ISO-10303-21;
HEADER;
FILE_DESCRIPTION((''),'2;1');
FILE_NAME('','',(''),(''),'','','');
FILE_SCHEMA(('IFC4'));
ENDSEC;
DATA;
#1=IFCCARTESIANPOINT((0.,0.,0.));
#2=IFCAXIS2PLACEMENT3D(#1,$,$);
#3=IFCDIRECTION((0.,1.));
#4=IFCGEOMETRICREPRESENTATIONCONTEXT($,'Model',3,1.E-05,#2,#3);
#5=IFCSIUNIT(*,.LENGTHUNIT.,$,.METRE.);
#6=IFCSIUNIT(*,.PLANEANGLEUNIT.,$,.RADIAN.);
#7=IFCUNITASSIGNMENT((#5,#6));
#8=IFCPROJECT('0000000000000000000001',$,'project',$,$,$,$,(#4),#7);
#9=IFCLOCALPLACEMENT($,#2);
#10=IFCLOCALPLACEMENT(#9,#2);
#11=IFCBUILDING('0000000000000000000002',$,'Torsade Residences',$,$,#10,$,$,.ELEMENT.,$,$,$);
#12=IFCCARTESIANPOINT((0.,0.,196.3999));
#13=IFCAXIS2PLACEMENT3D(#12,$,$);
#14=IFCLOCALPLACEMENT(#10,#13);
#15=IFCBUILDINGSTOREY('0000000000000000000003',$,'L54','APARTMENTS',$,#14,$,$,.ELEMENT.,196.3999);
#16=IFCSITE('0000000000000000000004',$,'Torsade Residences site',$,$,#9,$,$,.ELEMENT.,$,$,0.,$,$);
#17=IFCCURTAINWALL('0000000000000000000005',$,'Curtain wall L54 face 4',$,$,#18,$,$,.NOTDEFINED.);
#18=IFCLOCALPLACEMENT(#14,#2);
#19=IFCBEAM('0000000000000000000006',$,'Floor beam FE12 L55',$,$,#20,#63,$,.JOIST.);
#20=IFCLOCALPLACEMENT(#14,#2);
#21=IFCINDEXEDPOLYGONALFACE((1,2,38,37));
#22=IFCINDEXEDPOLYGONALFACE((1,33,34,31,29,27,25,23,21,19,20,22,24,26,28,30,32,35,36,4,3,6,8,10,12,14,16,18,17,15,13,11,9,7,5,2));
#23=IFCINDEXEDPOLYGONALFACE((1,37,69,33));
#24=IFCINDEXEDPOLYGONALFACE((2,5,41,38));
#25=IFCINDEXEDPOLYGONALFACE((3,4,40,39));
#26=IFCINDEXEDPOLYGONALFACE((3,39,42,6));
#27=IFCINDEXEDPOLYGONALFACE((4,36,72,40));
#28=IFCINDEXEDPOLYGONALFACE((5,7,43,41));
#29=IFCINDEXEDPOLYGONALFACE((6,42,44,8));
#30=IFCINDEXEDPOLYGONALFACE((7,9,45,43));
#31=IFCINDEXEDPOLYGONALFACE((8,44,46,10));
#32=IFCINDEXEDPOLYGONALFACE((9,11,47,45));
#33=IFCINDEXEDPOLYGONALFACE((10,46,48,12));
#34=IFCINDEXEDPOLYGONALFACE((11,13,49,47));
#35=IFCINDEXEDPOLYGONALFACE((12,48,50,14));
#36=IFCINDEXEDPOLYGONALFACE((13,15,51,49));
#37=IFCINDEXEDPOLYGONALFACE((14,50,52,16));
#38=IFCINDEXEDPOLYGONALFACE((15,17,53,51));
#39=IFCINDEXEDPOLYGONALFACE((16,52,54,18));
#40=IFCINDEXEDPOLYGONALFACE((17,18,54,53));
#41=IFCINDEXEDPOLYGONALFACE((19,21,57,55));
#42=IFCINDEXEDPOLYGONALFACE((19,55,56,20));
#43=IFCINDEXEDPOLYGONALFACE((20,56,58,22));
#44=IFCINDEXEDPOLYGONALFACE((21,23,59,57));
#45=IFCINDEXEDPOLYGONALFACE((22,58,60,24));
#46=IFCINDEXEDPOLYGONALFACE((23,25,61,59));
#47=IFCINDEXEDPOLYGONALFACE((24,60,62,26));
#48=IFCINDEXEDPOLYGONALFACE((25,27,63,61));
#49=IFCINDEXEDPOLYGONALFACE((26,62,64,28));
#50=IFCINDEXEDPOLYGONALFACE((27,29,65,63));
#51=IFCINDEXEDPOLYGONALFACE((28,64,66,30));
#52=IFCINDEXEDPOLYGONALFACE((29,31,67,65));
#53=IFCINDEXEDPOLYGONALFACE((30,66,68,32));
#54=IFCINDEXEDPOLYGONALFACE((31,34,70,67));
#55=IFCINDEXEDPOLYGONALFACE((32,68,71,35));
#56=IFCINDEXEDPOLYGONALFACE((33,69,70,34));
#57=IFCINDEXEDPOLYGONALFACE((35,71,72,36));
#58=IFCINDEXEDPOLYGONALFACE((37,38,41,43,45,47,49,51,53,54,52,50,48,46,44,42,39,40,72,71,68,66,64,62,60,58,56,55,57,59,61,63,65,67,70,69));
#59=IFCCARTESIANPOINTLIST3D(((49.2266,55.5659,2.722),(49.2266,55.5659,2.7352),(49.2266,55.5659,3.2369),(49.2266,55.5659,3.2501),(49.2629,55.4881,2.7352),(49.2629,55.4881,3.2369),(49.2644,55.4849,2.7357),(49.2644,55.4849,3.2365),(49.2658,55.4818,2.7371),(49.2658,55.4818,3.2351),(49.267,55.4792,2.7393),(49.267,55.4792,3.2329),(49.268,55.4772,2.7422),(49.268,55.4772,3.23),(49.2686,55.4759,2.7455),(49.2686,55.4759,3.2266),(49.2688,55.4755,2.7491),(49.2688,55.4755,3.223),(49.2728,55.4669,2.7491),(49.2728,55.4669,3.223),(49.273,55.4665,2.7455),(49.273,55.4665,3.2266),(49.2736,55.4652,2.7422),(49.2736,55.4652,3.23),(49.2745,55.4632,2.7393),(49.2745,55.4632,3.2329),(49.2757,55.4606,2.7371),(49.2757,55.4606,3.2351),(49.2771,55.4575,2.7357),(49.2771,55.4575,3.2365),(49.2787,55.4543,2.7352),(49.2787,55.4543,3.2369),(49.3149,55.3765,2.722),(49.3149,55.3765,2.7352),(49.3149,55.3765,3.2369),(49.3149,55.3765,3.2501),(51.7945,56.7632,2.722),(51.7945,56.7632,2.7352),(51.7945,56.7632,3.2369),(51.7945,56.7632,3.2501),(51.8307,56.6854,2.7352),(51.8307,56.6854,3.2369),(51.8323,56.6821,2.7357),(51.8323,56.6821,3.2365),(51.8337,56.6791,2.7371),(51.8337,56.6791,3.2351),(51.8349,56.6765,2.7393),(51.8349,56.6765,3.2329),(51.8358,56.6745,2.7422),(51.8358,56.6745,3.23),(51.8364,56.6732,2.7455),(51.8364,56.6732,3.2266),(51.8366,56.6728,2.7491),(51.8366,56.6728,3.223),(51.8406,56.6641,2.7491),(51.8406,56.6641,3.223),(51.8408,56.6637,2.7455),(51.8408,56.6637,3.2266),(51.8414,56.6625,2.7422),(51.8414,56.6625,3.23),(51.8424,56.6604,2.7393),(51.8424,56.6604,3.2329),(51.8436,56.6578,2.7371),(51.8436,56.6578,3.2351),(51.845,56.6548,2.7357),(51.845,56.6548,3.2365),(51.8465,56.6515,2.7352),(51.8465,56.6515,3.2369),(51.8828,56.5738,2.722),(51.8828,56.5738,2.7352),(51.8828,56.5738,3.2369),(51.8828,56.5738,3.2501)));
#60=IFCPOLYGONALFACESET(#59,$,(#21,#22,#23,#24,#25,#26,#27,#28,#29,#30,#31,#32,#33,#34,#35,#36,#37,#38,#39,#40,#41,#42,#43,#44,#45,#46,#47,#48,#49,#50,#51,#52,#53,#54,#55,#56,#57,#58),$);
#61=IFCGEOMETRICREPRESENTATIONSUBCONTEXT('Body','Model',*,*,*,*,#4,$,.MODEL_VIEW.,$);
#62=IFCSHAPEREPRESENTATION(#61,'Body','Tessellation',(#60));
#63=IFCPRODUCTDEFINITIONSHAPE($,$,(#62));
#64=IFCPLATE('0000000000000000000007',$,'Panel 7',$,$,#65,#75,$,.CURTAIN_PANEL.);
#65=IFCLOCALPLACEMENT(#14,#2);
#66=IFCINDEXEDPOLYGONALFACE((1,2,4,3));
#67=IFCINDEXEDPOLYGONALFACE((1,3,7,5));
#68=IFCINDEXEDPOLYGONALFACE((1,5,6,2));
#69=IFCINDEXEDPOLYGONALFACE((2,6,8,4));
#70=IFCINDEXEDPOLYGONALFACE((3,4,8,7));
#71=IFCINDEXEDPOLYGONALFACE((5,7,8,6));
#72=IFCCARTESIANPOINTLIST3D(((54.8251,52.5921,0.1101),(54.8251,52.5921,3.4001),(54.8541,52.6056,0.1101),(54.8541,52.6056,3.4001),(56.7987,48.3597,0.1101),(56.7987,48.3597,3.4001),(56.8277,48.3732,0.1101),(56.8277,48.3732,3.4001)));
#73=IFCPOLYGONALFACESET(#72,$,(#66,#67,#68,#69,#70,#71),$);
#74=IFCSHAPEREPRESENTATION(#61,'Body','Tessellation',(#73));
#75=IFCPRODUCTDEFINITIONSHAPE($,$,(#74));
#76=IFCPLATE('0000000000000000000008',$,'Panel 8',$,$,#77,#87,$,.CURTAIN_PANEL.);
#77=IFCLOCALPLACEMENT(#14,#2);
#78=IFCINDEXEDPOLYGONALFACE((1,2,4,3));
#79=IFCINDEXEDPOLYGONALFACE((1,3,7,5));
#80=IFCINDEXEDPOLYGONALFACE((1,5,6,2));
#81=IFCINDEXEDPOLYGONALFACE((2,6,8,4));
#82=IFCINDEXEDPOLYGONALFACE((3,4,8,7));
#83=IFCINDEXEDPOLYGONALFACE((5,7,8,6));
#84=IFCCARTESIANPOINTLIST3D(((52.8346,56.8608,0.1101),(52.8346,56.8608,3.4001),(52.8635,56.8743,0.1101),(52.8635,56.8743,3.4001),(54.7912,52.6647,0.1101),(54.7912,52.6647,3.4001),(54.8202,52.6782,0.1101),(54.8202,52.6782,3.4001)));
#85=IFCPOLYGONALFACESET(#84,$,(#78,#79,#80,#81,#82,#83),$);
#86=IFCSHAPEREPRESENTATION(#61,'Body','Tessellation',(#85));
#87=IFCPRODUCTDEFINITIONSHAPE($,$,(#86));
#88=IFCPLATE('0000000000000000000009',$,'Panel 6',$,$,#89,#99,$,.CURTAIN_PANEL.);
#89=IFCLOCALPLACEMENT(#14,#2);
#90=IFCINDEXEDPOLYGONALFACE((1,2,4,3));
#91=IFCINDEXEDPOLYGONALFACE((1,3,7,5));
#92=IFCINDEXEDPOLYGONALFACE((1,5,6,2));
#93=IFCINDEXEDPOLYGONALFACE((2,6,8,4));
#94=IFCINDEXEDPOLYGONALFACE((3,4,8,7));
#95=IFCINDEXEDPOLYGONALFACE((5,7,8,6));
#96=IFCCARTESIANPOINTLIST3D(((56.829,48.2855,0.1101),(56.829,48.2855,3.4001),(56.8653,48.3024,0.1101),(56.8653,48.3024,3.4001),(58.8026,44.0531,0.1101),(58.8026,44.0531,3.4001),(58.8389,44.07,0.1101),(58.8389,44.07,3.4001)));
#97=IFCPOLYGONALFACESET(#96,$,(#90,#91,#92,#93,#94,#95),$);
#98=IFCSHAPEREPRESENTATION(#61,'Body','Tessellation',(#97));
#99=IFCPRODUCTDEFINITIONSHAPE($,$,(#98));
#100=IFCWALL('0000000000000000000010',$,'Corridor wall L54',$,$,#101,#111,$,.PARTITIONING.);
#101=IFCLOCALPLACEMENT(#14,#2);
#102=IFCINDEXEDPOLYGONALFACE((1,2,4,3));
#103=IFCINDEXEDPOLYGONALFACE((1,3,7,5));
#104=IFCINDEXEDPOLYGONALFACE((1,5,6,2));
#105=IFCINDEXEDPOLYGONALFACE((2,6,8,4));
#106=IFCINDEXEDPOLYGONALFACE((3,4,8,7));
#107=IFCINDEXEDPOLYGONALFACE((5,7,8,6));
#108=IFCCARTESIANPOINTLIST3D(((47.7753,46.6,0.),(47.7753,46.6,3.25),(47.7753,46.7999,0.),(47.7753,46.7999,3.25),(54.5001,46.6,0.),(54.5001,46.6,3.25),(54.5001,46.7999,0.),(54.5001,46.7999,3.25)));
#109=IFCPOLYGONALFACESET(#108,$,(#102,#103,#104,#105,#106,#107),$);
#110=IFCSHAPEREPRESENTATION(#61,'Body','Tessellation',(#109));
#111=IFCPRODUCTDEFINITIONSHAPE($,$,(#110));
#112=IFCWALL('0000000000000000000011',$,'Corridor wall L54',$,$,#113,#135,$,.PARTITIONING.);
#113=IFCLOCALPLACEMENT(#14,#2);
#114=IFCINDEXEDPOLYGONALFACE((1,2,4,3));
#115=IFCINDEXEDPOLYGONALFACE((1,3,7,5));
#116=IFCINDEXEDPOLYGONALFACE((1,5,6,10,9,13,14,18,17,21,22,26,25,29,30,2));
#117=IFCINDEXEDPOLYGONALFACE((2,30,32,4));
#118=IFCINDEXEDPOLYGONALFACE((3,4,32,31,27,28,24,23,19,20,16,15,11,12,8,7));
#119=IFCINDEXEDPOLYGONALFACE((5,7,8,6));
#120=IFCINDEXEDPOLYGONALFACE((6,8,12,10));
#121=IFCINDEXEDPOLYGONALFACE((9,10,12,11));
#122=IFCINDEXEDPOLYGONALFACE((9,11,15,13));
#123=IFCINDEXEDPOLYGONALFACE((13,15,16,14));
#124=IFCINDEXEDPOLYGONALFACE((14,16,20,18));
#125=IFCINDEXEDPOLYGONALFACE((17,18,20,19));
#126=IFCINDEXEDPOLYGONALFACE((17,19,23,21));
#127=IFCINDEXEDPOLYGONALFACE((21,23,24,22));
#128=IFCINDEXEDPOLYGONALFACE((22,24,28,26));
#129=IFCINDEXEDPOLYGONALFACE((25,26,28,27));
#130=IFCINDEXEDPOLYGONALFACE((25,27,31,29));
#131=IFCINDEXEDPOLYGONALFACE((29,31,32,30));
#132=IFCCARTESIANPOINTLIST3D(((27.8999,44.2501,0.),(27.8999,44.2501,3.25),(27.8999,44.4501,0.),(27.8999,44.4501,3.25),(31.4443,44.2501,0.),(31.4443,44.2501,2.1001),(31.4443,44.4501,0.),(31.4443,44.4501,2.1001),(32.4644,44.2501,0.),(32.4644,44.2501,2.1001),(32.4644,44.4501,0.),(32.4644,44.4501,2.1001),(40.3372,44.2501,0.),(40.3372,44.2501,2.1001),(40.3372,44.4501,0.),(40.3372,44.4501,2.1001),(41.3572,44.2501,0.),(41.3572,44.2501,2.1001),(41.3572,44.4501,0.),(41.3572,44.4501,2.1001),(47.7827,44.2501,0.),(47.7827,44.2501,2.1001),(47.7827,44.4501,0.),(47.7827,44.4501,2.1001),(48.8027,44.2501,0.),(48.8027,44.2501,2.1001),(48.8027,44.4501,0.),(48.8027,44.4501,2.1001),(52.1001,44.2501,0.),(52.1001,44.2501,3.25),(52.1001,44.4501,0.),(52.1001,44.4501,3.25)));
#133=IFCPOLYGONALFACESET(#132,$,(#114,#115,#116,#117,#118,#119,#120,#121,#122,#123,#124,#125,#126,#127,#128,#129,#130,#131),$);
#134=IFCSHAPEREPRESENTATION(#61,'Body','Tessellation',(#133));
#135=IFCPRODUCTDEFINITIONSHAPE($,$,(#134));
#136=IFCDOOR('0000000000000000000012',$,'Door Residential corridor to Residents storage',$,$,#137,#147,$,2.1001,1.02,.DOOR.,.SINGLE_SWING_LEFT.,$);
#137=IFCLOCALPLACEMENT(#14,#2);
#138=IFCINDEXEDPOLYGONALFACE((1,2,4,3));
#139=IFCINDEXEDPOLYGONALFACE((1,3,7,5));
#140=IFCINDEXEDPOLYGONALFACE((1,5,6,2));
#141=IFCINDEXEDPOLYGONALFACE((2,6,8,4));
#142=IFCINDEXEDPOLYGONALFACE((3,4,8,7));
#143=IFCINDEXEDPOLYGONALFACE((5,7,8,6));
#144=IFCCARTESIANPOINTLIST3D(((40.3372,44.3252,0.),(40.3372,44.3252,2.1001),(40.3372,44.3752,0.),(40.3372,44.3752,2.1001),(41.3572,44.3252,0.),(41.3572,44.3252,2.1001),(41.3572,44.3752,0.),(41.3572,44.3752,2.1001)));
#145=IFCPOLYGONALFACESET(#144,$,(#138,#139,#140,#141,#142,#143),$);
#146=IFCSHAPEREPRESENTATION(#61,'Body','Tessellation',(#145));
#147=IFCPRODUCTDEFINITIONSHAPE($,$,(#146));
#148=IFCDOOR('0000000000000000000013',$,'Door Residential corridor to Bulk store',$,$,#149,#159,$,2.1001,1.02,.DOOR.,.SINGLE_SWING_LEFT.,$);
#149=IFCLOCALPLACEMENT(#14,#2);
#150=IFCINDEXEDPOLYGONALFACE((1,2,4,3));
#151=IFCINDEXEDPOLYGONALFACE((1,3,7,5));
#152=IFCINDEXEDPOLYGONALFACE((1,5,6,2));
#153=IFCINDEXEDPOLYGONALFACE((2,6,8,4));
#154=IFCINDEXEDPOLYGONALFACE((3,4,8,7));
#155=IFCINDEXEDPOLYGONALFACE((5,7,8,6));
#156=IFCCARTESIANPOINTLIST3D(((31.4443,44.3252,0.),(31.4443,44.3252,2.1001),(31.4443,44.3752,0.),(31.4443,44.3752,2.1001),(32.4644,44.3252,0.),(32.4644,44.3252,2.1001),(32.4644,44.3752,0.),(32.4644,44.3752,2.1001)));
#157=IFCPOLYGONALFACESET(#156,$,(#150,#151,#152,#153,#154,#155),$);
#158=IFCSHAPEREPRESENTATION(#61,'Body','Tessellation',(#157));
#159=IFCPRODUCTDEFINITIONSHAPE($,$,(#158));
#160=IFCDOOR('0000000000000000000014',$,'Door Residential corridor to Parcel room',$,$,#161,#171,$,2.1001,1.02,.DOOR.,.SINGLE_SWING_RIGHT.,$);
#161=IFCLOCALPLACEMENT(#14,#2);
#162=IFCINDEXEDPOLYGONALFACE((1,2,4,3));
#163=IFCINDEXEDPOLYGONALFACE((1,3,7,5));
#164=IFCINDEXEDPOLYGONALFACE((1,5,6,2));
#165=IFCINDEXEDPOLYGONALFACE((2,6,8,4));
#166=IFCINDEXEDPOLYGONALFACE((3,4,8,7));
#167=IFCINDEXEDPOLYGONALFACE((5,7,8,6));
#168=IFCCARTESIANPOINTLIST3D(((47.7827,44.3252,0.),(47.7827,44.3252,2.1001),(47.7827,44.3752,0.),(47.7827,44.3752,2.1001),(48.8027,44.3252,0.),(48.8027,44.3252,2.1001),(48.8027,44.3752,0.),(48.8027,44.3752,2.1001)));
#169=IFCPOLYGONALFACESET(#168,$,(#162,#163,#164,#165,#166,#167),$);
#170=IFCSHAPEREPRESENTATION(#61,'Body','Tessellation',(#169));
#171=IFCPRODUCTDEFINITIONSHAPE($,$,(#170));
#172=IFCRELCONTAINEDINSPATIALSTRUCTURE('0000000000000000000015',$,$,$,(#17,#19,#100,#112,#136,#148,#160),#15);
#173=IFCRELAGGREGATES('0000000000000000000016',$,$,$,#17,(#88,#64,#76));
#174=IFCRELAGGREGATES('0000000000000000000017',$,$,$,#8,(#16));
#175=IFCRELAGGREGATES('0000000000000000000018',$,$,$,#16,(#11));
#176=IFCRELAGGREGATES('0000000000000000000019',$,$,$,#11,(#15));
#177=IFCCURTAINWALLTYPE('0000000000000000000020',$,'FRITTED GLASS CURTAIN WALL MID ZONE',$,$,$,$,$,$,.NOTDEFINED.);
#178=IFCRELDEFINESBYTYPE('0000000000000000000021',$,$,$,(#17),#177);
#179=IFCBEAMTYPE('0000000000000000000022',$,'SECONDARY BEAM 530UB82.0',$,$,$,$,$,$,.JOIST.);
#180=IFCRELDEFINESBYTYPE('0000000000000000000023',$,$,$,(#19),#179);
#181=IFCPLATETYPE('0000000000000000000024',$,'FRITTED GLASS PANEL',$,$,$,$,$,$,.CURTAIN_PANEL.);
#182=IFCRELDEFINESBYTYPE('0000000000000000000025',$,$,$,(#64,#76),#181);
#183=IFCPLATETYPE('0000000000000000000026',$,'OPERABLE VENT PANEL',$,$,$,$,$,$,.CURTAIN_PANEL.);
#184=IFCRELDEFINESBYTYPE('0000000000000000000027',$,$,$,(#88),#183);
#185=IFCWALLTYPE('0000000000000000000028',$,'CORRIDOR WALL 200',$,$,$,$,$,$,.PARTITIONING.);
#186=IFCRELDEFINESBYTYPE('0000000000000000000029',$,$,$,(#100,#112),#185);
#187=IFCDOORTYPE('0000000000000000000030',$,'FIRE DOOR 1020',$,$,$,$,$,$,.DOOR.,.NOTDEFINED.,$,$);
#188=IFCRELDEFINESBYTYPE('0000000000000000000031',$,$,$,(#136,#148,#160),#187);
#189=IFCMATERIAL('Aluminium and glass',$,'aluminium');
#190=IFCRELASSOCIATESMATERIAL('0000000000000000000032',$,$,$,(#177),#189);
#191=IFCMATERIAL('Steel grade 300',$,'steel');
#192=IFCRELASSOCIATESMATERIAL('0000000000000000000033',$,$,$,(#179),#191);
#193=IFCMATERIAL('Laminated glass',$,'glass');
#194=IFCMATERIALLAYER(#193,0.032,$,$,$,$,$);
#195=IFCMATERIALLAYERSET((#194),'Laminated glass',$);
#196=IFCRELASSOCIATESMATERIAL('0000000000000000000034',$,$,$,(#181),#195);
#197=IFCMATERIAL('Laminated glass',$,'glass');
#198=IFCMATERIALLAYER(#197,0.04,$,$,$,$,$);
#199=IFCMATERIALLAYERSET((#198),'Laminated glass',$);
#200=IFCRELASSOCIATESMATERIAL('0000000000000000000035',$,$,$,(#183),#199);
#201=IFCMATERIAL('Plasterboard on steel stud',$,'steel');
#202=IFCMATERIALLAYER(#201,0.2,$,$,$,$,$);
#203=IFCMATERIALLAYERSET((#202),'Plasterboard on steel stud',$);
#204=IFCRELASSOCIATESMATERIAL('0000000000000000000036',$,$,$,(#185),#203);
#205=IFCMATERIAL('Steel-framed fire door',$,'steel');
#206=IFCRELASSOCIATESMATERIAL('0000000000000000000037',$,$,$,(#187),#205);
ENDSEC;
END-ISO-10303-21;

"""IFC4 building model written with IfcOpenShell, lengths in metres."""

from ifc_helpers import new_model, si_unit, direction, frame, frame_2d, origin, origin_2d, place, context, subcontext, project, spatial, rectangle, i_section, extrude, material, layer, layer_set, material_profile, profile_set, type_object, element, fill, aggregate, save


model = new_model("IFC4")

# Units and contexts
model_context = context("Model", 3, precision=1e-05, world=origin(), true_north=direction((0.0, 1.0)))
body_context = subcontext(model_context, "Body", "Model", "MODEL_VIEW")
ifc_project = project(units=[si_unit("LENGTHUNIT", "METRE"), si_unit("PLANEANGLEUNIT", "RADIAN")], contexts=[model_context])

# Site, building, storey
site_placement = place(None, origin())
site = spatial("IfcSite", under=ifc_project, at=site_placement, Name="Torsade Residences site", CompositionType="ELEMENT", RefElevation=0.0)
building_placement = place(site_placement, origin())
building = spatial("IfcBuilding", under=site, at=building_placement, Name="Torsade Residences", CompositionType="ELEMENT")
storey_placement = place(building_placement, frame((0.0, 0.0, 196.3999)))
storey = spatial("IfcBuildingStorey", under=building, at=storey_placement, Name="L54", Description="APARTMENTS", CompositionType="ELEMENT", Elevation=196.3999)

# Curtain wall
ifc_material_1 = material(Name="Aluminium and glass", Category="aluminium")
curtain_wall_type = type_object("IfcCurtainWallType", Name="FRITTED GLASS CURTAIN WALL MID ZONE", PredefinedType="NOTDEFINED", material=ifc_material_1)
curtain_wall_placement = place(storey_placement, origin())
curtain_wall = element("IfcCurtainWall", 1, at=curtain_wall_placement, inside=storey, type_object=curtain_wall_type, Name="Curtain wall L54 face 4", PredefinedType="NOTDEFINED")

# Beam
ifc_material_2 = material(Name="Steel grade 300", Category="steel")
ifc_material_profile_1 = material_profile(ifc_material_2, i_section(OverallWidth=0.209, OverallDepth=0.5281, WebThickness=0.0095, FlangeThickness=0.0132, FilletRadius=0.0139, at=origin_2d()), Name="530UB82.0")
ifc_profile_set_1 = profile_set([ifc_material_profile_1], Name="Steel grade 300")
beam_type_1 = type_object("IfcBeamType", Name="SECONDARY BEAM 530UB82.0", PredefinedType="JOIST", material=ifc_profile_set_1)
beam_1_placement = place(storey_placement, frame((51.8386, 56.6685, 2.9861), z_axis=(-0.906328, -0.422574, 0.0), x_axis=(0.422574, -0.906328, 0.0)))
element("IfcBeam", 2, at=beam_1_placement, inside=storey, type_object=beam_type_1, Name="Floor beam FE12 L55", PredefinedType="JOIST", context=body_context, shape_type="SweptSolid", body=[
    extrude(i_section(OverallWidth=0.209, OverallDepth=0.5281, WebThickness=0.0095, FlangeThickness=0.0132, FilletRadius=0.0139, at=origin_2d()), origin(), (0.0, 0.0, 1.0), 2.8333),
])

# Plates
ifc_material_3 = material(Name="Laminated glass", Category="glass")
ifc_layer_1 = layer(ifc_material_3, 0.032)
ifc_layer_set_1 = layer_set([ifc_layer_1], Name="Laminated glass")
plate_type_1 = type_object("IfcPlateType", Name="FRITTED GLASS PANEL", PredefinedType="CURTAIN_PANEL", material=ifc_layer_set_1)
plate_1_placement = place(storey_placement, frame((55.8264, 50.4827, 0.1101), z_axis=(0.0, 0.0, 1.0), x_axis=(-0.422618, 0.906308, 0.0)))
plate_1 = element("IfcPlate", 3, at=plate_1_placement, type_object=plate_type_1, Name="Panel 7", PredefinedType="CURTAIN_PANEL", context=body_context, shape_type="SweptSolid", body=[
    extrude(rectangle(XDim=4.6699, YDim=0.032, at=origin_2d()), origin(), (0.0, 0.0, 1.0), 3.29),
])
plate_2_placement = place(storey_placement, frame((53.8274, 54.7695, 0.1101), z_axis=(0.0, 0.0, 1.0), x_axis=(-0.422618, 0.906308, 0.0)))
plate_2 = element("IfcPlate", 4, at=plate_2_placement, type_object=plate_type_1, Name="Panel 8", PredefinedType="CURTAIN_PANEL", context=body_context, shape_type="SweptSolid", body=[
    extrude(rectangle(XDim=4.6299, YDim=0.032, at=origin_2d()), origin(), (0.0, 0.0, 1.0), 3.29),
])
ifc_material_4 = material(Name="Laminated glass", Category="glass")
ifc_layer_2 = layer(ifc_material_4, 0.04)
ifc_layer_set_2 = layer_set([ifc_layer_2], Name="Laminated glass")
plate_type_2 = type_object("IfcPlateType", Name="OPERABLE VENT PANEL", PredefinedType="CURTAIN_PANEL", material=ifc_layer_set_2)
plate_3_placement = place(storey_placement, frame((57.834, 46.1777, 0.1101), z_axis=(0.0, 0.0, 1.0), x_axis=(-0.422618, 0.906308, 0.0)))
plate_3 = element("IfcPlate", 5, at=plate_3_placement, type_object=plate_type_2, Name="Panel 6", PredefinedType="CURTAIN_PANEL", context=body_context, shape_type="SweptSolid", body=[
    extrude(rectangle(XDim=4.6699, YDim=0.04, at=origin_2d()), origin(), (0.0, 0.0, 1.0), 3.29),
])
aggregate(curtain_wall, [plate_3, plate_1, plate_2])

# Wall
ifc_material_5 = material(Name="Plasterboard on steel stud", Category="steel")
ifc_layer_3 = layer(ifc_material_5, 0.2)
ifc_layer_set_3 = layer_set([ifc_layer_3], Name="Plasterboard on steel stud")
wall_type_1 = type_object("IfcWallType", Name="CORRIDOR WALL 200", PredefinedType="PARTITIONING", material=ifc_layer_set_3)
wall_1_placement = place(storey_placement, frame((54.5, 46.7, 0.0), z_axis=(0.0, 0.0, 1.0), x_axis=(-1.0, 0.0, 0.0)))
element("IfcWall", 6, at=wall_1_placement, inside=storey, type_object=wall_type_1, Name="Corridor wall L54", PredefinedType="PARTITIONING", context=body_context, shape_type="SweptSolid", body=[
    extrude(rectangle(XDim=6.7249, YDim=0.2, at=frame_2d((3.3623, 0.0))), origin(), (0.0, 0.0, 1.0), 3.25),
])

# Wall, openings, doors
wall_2_placement = place(storey_placement, frame((52.1001, 44.3501, 0.0), z_axis=(0.0, 0.0, 1.0), x_axis=(-1.0, 0.0, 0.0)))
wall_2 = element("IfcWall", 7, at=wall_2_placement, inside=storey, type_object=wall_type_1, Name="Corridor wall L54", PredefinedType="PARTITIONING", context=body_context, shape_type="SweptSolid", body=[
    extrude(rectangle(XDim=24.2002, YDim=0.2, at=frame_2d((12.1001, 0.0))), origin(), (0.0, 0.0, 1.0), 3.25),
])
opening_1_placement = place(wall_2_placement, frame((10.7429, 0.0, 0.0)))
opening_1 = element("IfcOpeningElement", 8, at=opening_1_placement, cuts=wall_2, PredefinedType="OPENING", context=body_context, shape_type="SweptSolid", body=[
    extrude(rectangle(XDim=1.02, YDim=2.1001, at=frame_2d((0.51, 1.05))), frame((0.0, 0.1099, 0.0), z_axis=(0.0, -1.0, 0.0), x_axis=(1.0, 0.0, 0.0)), (0.0, 0.0, 1.0), 0.22),
])
opening_2_placement = place(wall_2_placement, frame((19.6357, 0.0, 0.0)))
opening_2 = element("IfcOpeningElement", 9, at=opening_2_placement, cuts=wall_2, PredefinedType="OPENING", context=body_context, shape_type="SweptSolid", body=[
    extrude(rectangle(XDim=1.02, YDim=2.1001, at=frame_2d((0.51, 1.05))), frame((0.0, 0.1099, 0.0), z_axis=(0.0, -1.0, 0.0), x_axis=(1.0, 0.0, 0.0)), (0.0, 0.0, 1.0), 0.22),
])
opening_3_placement = place(wall_2_placement, frame((3.2974, 0.0, 0.0)))
opening_3 = element("IfcOpeningElement", 10, at=opening_3_placement, cuts=wall_2, PredefinedType="OPENING", context=body_context, shape_type="SweptSolid", body=[
    extrude(rectangle(XDim=1.02, YDim=2.1001, at=frame_2d((0.51, 1.05))), frame((0.0, 0.1099, 0.0), z_axis=(0.0, -1.0, 0.0), x_axis=(1.0, 0.0, 0.0)), (0.0, 0.0, 1.0), 0.22),
])
ifc_material_6 = material(Name="Steel-framed fire door", Category="steel")
door_type_1 = type_object("IfcDoorType", Name="FIRE DOOR 1020", OperationType="NOTDEFINED", PredefinedType="DOOR", material=ifc_material_6)
door_1_placement = place(opening_1_placement, origin())
door_1 = element("IfcDoor", 11, at=door_1_placement, inside=storey, type_object=door_type_1, Name="Door Residential corridor to Residents storage", OperationType="SINGLE_SWING_LEFT", OverallHeight=2.1001, OverallWidth=1.02, PredefinedType="DOOR", context=body_context, shape_type="SweptSolid", body=[
    extrude(rectangle(XDim=1.02, YDim=2.1001, at=frame_2d((0.51, 1.05))), frame((0.0, 0.0249, 0.0), z_axis=(0.0, -1.0, 0.0), x_axis=(1.0, 0.0, 0.0)), (0.0, 0.0, 1.0), 0.05),
])
fill(opening_1, door_1)
door_2_placement = place(opening_2_placement, origin())
door_2 = element("IfcDoor", 12, at=door_2_placement, inside=storey, type_object=door_type_1, Name="Door Residential corridor to Bulk store", OperationType="SINGLE_SWING_LEFT", OverallHeight=2.1001, OverallWidth=1.02, PredefinedType="DOOR", context=body_context, shape_type="SweptSolid", body=[
    extrude(rectangle(XDim=1.02, YDim=2.1001, at=frame_2d((0.51, 1.05))), frame((0.0, 0.0249, 0.0), z_axis=(0.0, -1.0, 0.0), x_axis=(1.0, 0.0, 0.0)), (0.0, 0.0, 1.0), 0.05),
])
fill(opening_2, door_2)
door_3_placement = place(opening_3_placement, origin())
door_3 = element("IfcDoor", 13, at=door_3_placement, inside=storey, type_object=door_type_1, Name="Door Residential corridor to Parcel room", OperationType="SINGLE_SWING_RIGHT", OverallHeight=2.1001, OverallWidth=1.02, PredefinedType="DOOR", context=body_context, shape_type="SweptSolid", body=[
    extrude(rectangle(XDim=1.02, YDim=2.1001, at=frame_2d((0.51, 1.05))), frame((0.0, 0.0249, 0.0), z_axis=(0.0, -1.0, 0.0), x_axis=(1.0, 0.0, 0.0)), (0.0, 0.0, 1.0), 0.05),
])
fill(opening_3, door_3)

save(model, "model.ifc")
